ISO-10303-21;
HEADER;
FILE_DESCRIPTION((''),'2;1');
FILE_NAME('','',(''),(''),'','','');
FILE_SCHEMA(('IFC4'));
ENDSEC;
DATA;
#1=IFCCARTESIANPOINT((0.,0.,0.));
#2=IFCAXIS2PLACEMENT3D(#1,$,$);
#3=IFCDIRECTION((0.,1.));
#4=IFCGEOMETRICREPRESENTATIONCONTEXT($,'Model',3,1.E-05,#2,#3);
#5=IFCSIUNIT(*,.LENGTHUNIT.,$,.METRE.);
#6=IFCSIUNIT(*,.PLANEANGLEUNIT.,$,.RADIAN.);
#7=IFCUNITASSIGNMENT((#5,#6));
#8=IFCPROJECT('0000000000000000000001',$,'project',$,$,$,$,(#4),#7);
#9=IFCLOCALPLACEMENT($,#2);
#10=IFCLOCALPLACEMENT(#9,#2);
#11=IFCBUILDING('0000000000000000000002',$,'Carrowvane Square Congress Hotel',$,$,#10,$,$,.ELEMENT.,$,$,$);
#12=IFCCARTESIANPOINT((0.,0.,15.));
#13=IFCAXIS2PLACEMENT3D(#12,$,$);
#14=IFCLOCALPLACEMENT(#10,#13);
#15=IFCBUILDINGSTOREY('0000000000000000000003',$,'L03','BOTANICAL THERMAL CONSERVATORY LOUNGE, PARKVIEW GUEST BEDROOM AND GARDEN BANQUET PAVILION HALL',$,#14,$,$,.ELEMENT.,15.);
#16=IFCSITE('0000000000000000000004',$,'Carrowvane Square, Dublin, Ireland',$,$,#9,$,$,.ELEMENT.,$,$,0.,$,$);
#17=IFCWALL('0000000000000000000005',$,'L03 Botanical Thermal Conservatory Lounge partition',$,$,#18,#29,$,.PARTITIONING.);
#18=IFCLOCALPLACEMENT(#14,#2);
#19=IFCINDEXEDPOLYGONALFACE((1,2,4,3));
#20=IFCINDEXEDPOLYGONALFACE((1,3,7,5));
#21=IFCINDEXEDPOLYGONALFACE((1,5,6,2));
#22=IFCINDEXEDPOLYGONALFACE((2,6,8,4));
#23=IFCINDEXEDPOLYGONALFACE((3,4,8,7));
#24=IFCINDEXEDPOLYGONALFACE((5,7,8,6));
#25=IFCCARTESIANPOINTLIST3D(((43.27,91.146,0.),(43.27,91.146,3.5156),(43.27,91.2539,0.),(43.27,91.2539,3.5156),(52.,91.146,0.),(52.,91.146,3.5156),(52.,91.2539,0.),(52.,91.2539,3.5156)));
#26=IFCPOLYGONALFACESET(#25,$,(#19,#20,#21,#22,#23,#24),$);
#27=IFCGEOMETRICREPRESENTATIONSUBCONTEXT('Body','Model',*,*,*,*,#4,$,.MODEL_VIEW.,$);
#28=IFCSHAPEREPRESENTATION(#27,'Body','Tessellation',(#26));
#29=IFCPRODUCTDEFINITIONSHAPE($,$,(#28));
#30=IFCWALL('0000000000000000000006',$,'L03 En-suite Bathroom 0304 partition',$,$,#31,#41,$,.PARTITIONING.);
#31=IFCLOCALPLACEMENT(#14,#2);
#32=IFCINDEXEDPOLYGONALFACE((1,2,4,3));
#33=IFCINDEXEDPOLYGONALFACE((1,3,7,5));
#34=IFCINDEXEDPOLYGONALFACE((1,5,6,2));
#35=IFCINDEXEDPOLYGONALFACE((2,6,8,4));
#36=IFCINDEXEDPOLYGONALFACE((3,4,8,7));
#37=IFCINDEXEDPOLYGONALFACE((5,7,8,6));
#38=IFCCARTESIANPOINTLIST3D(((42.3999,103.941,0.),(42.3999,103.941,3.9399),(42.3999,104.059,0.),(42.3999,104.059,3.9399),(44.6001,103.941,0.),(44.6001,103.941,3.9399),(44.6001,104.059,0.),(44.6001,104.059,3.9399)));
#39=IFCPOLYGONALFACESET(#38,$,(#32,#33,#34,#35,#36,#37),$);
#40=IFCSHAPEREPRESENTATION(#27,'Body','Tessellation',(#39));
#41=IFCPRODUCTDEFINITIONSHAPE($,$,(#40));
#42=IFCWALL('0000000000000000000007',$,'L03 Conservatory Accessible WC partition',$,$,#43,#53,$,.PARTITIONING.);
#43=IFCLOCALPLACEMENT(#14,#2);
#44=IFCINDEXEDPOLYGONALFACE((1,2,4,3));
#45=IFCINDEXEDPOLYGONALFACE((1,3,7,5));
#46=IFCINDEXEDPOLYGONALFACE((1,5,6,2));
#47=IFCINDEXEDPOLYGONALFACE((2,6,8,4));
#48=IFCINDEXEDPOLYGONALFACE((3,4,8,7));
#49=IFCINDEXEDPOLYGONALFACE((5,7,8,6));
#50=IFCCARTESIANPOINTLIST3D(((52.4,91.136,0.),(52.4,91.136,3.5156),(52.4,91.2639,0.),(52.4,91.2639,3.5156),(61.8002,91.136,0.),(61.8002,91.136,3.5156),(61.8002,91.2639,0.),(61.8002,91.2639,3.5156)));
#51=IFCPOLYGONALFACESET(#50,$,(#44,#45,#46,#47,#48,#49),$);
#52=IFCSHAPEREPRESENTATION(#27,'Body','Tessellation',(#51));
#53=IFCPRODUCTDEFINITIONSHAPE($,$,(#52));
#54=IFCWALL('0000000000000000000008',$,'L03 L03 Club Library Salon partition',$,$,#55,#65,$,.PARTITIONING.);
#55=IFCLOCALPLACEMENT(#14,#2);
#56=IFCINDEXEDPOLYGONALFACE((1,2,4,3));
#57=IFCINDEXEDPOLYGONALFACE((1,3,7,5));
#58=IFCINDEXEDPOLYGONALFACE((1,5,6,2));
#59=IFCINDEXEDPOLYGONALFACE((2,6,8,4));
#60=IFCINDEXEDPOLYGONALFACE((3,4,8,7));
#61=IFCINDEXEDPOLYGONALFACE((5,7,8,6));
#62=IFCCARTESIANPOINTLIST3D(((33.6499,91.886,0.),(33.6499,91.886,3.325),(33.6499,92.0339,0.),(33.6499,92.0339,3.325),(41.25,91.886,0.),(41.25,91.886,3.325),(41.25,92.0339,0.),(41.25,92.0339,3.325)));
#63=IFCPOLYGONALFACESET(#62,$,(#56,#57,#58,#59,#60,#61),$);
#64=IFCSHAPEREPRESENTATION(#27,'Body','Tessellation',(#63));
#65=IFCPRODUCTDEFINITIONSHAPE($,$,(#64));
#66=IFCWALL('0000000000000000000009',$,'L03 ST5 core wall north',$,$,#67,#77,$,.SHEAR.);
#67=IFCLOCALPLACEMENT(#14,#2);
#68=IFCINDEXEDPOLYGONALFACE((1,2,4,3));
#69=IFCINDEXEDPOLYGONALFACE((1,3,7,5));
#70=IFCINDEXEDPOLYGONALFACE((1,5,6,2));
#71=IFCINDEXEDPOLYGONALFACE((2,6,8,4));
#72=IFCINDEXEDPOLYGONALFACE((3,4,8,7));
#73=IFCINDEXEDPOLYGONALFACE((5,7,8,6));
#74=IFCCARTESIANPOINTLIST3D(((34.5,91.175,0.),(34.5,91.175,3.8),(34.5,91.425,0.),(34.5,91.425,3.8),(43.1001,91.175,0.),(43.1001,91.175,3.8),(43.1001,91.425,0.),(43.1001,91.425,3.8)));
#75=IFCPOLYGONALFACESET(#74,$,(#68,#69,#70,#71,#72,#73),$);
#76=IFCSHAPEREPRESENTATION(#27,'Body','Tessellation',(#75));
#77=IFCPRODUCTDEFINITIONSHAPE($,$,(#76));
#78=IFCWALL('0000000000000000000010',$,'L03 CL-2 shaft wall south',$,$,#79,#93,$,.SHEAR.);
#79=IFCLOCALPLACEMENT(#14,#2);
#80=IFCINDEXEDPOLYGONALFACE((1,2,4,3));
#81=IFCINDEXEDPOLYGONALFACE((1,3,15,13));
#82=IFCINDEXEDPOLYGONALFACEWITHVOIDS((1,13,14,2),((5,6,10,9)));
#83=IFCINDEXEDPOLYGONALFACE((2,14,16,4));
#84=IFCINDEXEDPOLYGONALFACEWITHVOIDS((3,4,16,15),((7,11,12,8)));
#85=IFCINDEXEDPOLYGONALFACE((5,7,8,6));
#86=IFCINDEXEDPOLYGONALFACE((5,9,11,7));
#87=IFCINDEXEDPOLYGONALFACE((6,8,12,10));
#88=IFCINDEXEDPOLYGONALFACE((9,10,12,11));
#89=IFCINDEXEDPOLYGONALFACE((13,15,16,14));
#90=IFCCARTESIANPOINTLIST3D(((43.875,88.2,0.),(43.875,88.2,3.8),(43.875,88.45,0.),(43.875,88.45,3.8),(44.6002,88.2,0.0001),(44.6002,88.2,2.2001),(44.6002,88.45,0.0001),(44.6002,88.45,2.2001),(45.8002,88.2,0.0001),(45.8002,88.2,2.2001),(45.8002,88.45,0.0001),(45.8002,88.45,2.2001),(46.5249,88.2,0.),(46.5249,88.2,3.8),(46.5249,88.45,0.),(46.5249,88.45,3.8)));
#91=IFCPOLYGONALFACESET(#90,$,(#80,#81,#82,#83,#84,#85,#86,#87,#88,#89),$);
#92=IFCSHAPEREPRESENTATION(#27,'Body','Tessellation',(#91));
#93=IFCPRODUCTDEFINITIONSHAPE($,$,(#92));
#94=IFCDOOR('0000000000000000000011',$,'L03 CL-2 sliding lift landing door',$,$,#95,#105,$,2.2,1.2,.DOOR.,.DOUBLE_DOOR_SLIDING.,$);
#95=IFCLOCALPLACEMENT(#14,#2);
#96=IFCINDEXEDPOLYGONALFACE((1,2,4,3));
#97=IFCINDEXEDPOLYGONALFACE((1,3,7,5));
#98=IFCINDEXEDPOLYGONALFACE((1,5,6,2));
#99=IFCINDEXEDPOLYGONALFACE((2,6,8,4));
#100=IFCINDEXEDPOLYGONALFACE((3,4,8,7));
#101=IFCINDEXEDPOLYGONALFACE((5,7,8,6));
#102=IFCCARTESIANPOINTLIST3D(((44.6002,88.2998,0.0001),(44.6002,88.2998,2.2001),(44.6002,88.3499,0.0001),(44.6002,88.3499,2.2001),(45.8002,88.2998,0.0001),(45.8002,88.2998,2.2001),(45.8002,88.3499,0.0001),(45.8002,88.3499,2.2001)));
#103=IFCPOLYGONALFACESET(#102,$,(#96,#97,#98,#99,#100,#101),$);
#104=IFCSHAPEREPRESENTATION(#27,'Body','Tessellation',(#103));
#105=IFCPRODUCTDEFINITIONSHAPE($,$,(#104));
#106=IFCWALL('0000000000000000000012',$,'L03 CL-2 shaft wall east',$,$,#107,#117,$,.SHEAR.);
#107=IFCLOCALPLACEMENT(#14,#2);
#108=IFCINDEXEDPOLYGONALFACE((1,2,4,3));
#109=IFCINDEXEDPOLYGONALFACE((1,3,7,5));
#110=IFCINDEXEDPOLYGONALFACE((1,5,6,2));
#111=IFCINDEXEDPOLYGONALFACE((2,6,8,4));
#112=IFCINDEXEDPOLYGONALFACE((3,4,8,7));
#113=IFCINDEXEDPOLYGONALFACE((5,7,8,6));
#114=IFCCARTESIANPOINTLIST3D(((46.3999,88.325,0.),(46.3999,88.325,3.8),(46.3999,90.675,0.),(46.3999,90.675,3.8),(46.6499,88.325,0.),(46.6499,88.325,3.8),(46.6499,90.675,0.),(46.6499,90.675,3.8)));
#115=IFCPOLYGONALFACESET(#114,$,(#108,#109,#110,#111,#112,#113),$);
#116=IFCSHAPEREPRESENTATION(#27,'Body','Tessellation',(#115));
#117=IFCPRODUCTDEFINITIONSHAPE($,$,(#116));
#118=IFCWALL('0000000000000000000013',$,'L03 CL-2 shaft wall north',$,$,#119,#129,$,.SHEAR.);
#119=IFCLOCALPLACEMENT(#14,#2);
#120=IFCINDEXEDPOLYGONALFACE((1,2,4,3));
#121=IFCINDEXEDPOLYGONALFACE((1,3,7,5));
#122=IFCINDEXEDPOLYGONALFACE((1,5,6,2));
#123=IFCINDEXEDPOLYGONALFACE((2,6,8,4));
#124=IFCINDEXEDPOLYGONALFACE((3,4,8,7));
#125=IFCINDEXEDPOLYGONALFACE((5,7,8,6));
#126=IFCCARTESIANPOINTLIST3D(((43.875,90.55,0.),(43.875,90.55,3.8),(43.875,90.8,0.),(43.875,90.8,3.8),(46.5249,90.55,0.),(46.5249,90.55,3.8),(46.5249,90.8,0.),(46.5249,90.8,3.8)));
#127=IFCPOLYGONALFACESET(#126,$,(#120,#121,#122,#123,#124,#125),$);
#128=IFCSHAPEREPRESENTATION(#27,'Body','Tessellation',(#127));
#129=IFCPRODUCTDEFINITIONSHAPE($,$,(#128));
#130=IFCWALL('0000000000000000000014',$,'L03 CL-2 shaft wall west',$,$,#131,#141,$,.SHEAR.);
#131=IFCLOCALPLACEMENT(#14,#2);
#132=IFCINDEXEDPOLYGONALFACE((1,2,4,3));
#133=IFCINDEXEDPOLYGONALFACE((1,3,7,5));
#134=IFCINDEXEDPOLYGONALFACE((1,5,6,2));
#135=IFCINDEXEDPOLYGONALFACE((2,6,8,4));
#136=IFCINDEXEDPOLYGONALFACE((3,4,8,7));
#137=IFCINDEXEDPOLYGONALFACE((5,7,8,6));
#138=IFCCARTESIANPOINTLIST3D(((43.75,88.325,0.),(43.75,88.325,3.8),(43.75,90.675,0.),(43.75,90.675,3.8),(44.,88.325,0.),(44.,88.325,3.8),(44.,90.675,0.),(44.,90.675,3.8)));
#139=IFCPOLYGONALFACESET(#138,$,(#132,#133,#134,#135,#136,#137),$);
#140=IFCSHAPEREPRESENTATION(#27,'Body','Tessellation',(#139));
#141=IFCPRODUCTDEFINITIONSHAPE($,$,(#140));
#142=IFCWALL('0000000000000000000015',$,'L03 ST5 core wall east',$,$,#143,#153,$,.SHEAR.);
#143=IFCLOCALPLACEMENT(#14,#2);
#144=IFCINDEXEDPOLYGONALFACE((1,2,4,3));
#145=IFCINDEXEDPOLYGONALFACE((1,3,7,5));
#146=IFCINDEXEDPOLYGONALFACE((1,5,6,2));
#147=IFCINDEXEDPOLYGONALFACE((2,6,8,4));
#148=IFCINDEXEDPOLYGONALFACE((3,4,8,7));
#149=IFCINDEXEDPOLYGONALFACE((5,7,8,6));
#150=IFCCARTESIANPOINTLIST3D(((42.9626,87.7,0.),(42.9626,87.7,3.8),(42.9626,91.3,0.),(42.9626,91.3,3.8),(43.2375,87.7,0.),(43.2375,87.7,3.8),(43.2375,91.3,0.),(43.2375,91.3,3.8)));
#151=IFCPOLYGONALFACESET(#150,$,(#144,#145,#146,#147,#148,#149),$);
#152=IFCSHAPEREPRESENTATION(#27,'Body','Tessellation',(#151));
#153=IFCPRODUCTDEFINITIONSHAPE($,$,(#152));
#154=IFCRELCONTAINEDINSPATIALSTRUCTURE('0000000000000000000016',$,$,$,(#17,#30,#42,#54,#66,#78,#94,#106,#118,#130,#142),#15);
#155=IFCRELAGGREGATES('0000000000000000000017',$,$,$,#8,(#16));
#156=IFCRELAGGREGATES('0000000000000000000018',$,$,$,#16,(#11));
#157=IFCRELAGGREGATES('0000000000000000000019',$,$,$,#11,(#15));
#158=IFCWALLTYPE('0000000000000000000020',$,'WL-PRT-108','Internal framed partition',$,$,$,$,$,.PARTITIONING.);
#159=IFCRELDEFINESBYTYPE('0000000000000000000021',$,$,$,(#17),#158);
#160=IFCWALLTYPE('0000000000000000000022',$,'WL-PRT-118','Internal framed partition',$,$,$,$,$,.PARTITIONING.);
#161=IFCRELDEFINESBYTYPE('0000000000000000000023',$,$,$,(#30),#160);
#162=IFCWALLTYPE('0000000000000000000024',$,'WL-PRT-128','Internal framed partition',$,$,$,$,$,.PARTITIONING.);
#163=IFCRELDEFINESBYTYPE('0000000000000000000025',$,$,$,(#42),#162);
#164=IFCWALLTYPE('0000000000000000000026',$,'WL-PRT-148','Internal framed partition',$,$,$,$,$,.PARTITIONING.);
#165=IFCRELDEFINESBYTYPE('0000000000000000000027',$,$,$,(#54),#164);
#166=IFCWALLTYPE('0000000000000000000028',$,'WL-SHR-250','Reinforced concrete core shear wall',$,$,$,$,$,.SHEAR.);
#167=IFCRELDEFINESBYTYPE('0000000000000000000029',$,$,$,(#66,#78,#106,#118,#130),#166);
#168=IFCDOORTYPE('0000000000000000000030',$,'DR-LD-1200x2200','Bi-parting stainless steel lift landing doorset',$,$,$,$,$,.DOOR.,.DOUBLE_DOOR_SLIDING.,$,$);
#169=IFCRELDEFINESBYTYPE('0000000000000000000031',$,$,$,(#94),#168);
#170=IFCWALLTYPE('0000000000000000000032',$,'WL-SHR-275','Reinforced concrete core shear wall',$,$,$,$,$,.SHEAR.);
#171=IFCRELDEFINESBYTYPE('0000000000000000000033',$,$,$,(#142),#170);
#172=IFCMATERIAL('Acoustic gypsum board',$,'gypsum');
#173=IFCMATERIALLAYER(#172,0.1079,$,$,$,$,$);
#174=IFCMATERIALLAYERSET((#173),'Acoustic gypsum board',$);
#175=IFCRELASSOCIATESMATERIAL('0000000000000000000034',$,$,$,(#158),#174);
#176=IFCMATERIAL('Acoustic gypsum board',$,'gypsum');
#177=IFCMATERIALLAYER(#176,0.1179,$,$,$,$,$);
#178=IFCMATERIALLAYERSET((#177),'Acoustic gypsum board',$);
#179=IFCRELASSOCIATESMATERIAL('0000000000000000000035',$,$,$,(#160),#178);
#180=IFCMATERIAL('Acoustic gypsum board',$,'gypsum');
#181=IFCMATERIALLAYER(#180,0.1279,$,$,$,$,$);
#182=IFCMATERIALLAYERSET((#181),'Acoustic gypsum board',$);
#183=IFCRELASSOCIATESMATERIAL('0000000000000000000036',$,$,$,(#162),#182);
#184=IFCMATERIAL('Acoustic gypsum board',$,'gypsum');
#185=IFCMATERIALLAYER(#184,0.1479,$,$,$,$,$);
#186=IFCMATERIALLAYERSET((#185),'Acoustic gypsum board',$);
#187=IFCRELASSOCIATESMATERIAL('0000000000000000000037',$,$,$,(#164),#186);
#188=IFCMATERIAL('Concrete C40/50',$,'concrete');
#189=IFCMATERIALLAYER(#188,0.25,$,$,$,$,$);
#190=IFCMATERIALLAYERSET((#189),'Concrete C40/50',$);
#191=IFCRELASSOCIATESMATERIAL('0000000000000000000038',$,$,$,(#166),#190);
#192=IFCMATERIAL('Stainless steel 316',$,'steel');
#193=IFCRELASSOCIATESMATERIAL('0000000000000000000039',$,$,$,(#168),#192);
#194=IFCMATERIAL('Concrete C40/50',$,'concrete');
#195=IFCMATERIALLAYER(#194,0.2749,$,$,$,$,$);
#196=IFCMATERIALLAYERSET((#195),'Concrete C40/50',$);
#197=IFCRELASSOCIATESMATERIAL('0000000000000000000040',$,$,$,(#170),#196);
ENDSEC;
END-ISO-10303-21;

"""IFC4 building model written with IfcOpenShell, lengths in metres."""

from ifc_helpers import new_model, si_unit, direction, frame, frame_2d, origin, place, context, subcontext, project, spatial, rectangle, extrude, material, layer, layer_set, type_object, element, fill, save


model = new_model("IFC4")

# Units and contexts
model_context = context("Model", 3, precision=1e-05, world=origin(), true_north=direction((0.0, 1.0)))
body_context = subcontext(model_context, "Body", "Model", "MODEL_VIEW")
ifc_project = project(units=[si_unit("LENGTHUNIT", "METRE"), si_unit("PLANEANGLEUNIT", "RADIAN")], contexts=[model_context])

# Site, building, storey
site_placement = place(None, origin())
site = spatial("IfcSite", under=ifc_project, at=site_placement, Name="Carrowvane Square, Dublin, Ireland", CompositionType="ELEMENT", RefElevation=0.0)
building_placement = place(site_placement, origin())
building = spatial("IfcBuilding", under=site, at=building_placement, Name="Carrowvane Square Congress Hotel", CompositionType="ELEMENT")
storey_placement = place(building_placement, frame((0.0, 0.0, 15.0)))
storey = spatial("IfcBuildingStorey", under=building, at=storey_placement, Name="L03", Description="BOTANICAL THERMAL CONSERVATORY LOUNGE, PARKVIEW GUEST BEDROOM AND GARDEN BANQUET PAVILION HALL", CompositionType="ELEMENT", Elevation=15.0)

# Walls
ifc_material_1 = material(Name="Acoustic gypsum board", Category="gypsum")
ifc_layer_1 = layer(ifc_material_1, 0.1079)
ifc_layer_set_1 = layer_set([ifc_layer_1], Name="Acoustic gypsum board")
wall_type_1 = type_object("IfcWallType", Name="WL-PRT-108", Description="Internal framed partition", PredefinedType="PARTITIONING", material=ifc_layer_set_1)
wall_1_placement = place(storey_placement, frame((43.27, 91.2, 0.0), z_axis=(0.0, 0.0, 1.0), x_axis=(1.0, 0.0, 0.0)))
element("IfcWall", 1, at=wall_1_placement, inside=storey, type_object=wall_type_1, Name="L03 Botanical Thermal Conservatory Lounge partition", PredefinedType="PARTITIONING", context=body_context, shape_type="SweptSolid", body=[
    extrude(rectangle(XDim=8.73, YDim=0.1079, at=frame_2d((4.365, 0.0))), origin(), (0.0, 0.0, 1.0), 3.5156),
])
ifc_material_2 = material(Name="Acoustic gypsum board", Category="gypsum")
ifc_layer_2 = layer(ifc_material_2, 0.1179)
ifc_layer_set_2 = layer_set([ifc_layer_2], Name="Acoustic gypsum board")
wall_type_2 = type_object("IfcWallType", Name="WL-PRT-118", Description="Internal framed partition", PredefinedType="PARTITIONING", material=ifc_layer_set_2)
wall_2_placement = place(storey_placement, frame((44.6001, 104.0, 0.0), z_axis=(0.0, 0.0, 1.0), x_axis=(-1.0, 0.0, 0.0)))
element("IfcWall", 2, at=wall_2_placement, inside=storey, type_object=wall_type_2, Name="L03 En-suite Bathroom 0304 partition", PredefinedType="PARTITIONING", context=body_context, shape_type="SweptSolid", body=[
    extrude(rectangle(XDim=2.2002, YDim=0.1179, at=frame_2d((1.1001, 0.0))), origin(), (0.0, 0.0, 1.0), 3.9399),
])
ifc_material_3 = material(Name="Acoustic gypsum board", Category="gypsum")
ifc_layer_3 = layer(ifc_material_3, 0.1279)
ifc_layer_set_3 = layer_set([ifc_layer_3], Name="Acoustic gypsum board")
wall_type_3 = type_object("IfcWallType", Name="WL-PRT-128", Description="Internal framed partition", PredefinedType="PARTITIONING", material=ifc_layer_set_3)
wall_3_placement = place(storey_placement, frame((52.3999, 91.2, 0.0), z_axis=(0.0, 0.0, 1.0), x_axis=(1.0, 0.0, 0.0)))
element("IfcWall", 3, at=wall_3_placement, inside=storey, type_object=wall_type_3, Name="L03 Conservatory Accessible WC partition", PredefinedType="PARTITIONING", context=body_context, shape_type="SweptSolid", body=[
    extrude(rectangle(XDim=9.4001, YDim=0.1279, at=frame_2d((4.7002, 0.0))), origin(), (0.0, 0.0, 1.0), 3.5156),
])
ifc_material_4 = material(Name="Acoustic gypsum board", Category="gypsum")
ifc_layer_4 = layer(ifc_material_4, 0.1479)
ifc_layer_set_4 = layer_set([ifc_layer_4], Name="Acoustic gypsum board")
wall_type_4 = type_object("IfcWallType", Name="WL-PRT-148", Description="Internal framed partition", PredefinedType="PARTITIONING", material=ifc_layer_set_4)
wall_4_placement = place(storey_placement, frame((41.25, 91.96, 0.0), z_axis=(0.0, 0.0, 1.0), x_axis=(-1.0, 0.0, 0.0)))
element("IfcWall", 4, at=wall_4_placement, inside=storey, type_object=wall_type_4, Name="L03 L03 Club Library Salon partition", PredefinedType="PARTITIONING", context=body_context, shape_type="SweptSolid", body=[
    extrude(rectangle(XDim=7.6001, YDim=0.1479, at=frame_2d((3.8, 0.0))), origin(), (0.0, 0.0, 1.0), 3.325),
])
ifc_material_5 = material(Name="Concrete C40/50", Category="concrete")
ifc_layer_5 = layer(ifc_material_5, 0.25)
ifc_layer_set_5 = layer_set([ifc_layer_5], Name="Concrete C40/50")
wall_type_5 = type_object("IfcWallType", Name="WL-SHR-250", Description="Reinforced concrete core shear wall", PredefinedType="SHEAR", material=ifc_layer_set_5)
wall_5_placement = place(storey_placement, frame((43.1001, 91.3, 0.0), z_axis=(0.0, 0.0, 1.0), x_axis=(-1.0, 0.0, 0.0)))
element("IfcWall", 5, at=wall_5_placement, inside=storey, type_object=wall_type_5, Name="L03 ST5 core wall north", PredefinedType="SHEAR", context=body_context, shape_type="SweptSolid", body=[
    extrude(rectangle(XDim=8.6001, YDim=0.25, at=frame_2d((4.3, 0.0))), origin(), (0.0, 0.0, 1.0), 3.8),
])

# Wall, opening, door
wall_6_placement = place(storey_placement, frame((43.875, 88.325, 0.0), z_axis=(0.0, 0.0, 1.0), x_axis=(1.0, 0.0, 0.0)))
wall_6 = element("IfcWall", 6, at=wall_6_placement, inside=storey, type_object=wall_type_5, Name="L03 CL-2 shaft wall south", PredefinedType="SHEAR", context=body_context, shape_type="SweptSolid", body=[
    extrude(rectangle(XDim=2.6499, YDim=0.25, at=frame_2d((1.325, 0.0))), origin(), (0.0, 0.0, 1.0), 3.8),
])
opening_1_placement = place(wall_6_placement, frame((0.7251, 0.0, 0.0)))
opening_1 = element("IfcOpeningElement", 7, at=opening_1_placement, cuts=wall_6, PredefinedType="OPENING", context=body_context, shape_type="SweptSolid", body=[
    extrude(rectangle(XDim=1.2, YDim=2.2, at=frame_2d((0.6001, 1.1001))), frame((0.0, 0.135, 0.0), z_axis=(0.0, -1.0, 0.0), x_axis=(1.0, 0.0, 0.0)), (0.0, 0.0, 1.0), 0.27),
])
ifc_material_6 = material(Name="Stainless steel 316", Category="steel")
door_type_1 = type_object("IfcDoorType", Name="DR-LD-1200x2200", Description="Bi-parting stainless steel lift landing doorset", OperationType="DOUBLE_DOOR_SLIDING", PredefinedType="DOOR", material=ifc_material_6)
door_1_placement = place(opening_1_placement, origin())
door_1 = element("IfcDoor", 8, at=door_1_placement, inside=storey, type_object=door_type_1, Name="L03 CL-2 sliding lift landing door", OperationType="DOUBLE_DOOR_SLIDING", OverallHeight=2.2, OverallWidth=1.2, PredefinedType="DOOR", context=body_context, shape_type="SweptSolid", body=[
    extrude(rectangle(XDim=1.2, YDim=2.2, at=frame_2d((0.6001, 1.1001))), frame((0.0, 0.0249, 0.0), z_axis=(0.0, -1.0, 0.0), x_axis=(1.0, 0.0, 0.0)), (0.0, 0.0, 1.0), 0.05),
])
fill(opening_1, door_1)

# Walls
wall_7_placement = place(storey_placement, frame((46.5249, 88.325, 0.0), z_axis=(0.0, 0.0, 1.0), x_axis=(0.0, 1.0, 0.0)))
element("IfcWall", 9, at=wall_7_placement, inside=storey, type_object=wall_type_5, Name="L03 CL-2 shaft wall east", PredefinedType="SHEAR", context=body_context, shape_type="SweptSolid", body=[
    extrude(rectangle(XDim=2.3501, YDim=0.25, at=frame_2d((1.175, 0.0))), origin(), (0.0, 0.0, 1.0), 3.8),
])
wall_8_placement = place(storey_placement, frame((46.5249, 90.675, 0.0), z_axis=(0.0, 0.0, 1.0), x_axis=(-1.0, 0.0, 0.0)))
element("IfcWall", 10, at=wall_8_placement, inside=storey, type_object=wall_type_5, Name="L03 CL-2 shaft wall north", PredefinedType="SHEAR", context=body_context, shape_type="SweptSolid", body=[
    extrude(rectangle(XDim=2.6499, YDim=0.25, at=frame_2d((1.325, 0.0))), origin(), (0.0, 0.0, 1.0), 3.8),
])
wall_9_placement = place(storey_placement, frame((43.875, 90.675, 0.0), z_axis=(0.0, 0.0, 1.0), x_axis=(0.0, -1.0, 0.0)))
element("IfcWall", 11, at=wall_9_placement, inside=storey, type_object=wall_type_5, Name="L03 CL-2 shaft wall west", PredefinedType="SHEAR", context=body_context, shape_type="SweptSolid", body=[
    extrude(rectangle(XDim=2.3501, YDim=0.25, at=frame_2d((1.175, 0.0))), origin(), (0.0, 0.0, 1.0), 3.8),
])
ifc_material_7 = material(Name="Concrete C40/50", Category="concrete")
ifc_layer_6 = layer(ifc_material_7, 0.2749)
ifc_layer_set_6 = layer_set([ifc_layer_6], Name="Concrete C40/50")
wall_type_6 = type_object("IfcWallType", Name="WL-SHR-275", Description="Reinforced concrete core shear wall", PredefinedType="SHEAR", material=ifc_layer_set_6)
wall_10_placement = place(storey_placement, frame((43.1001, 87.7, 0.0), z_axis=(0.0, 0.0, 1.0), x_axis=(0.0, 1.0, 0.0)))
element("IfcWall", 12, at=wall_10_placement, inside=storey, type_object=wall_type_6, Name="L03 ST5 core wall east", PredefinedType="SHEAR", context=body_context, shape_type="SweptSolid", body=[
    extrude(rectangle(XDim=3.6001, YDim=0.2749, at=frame_2d((1.8, 0.0))), origin(), (0.0, 0.0, 1.0), 3.8),
])

save(model, "model.ifc")
